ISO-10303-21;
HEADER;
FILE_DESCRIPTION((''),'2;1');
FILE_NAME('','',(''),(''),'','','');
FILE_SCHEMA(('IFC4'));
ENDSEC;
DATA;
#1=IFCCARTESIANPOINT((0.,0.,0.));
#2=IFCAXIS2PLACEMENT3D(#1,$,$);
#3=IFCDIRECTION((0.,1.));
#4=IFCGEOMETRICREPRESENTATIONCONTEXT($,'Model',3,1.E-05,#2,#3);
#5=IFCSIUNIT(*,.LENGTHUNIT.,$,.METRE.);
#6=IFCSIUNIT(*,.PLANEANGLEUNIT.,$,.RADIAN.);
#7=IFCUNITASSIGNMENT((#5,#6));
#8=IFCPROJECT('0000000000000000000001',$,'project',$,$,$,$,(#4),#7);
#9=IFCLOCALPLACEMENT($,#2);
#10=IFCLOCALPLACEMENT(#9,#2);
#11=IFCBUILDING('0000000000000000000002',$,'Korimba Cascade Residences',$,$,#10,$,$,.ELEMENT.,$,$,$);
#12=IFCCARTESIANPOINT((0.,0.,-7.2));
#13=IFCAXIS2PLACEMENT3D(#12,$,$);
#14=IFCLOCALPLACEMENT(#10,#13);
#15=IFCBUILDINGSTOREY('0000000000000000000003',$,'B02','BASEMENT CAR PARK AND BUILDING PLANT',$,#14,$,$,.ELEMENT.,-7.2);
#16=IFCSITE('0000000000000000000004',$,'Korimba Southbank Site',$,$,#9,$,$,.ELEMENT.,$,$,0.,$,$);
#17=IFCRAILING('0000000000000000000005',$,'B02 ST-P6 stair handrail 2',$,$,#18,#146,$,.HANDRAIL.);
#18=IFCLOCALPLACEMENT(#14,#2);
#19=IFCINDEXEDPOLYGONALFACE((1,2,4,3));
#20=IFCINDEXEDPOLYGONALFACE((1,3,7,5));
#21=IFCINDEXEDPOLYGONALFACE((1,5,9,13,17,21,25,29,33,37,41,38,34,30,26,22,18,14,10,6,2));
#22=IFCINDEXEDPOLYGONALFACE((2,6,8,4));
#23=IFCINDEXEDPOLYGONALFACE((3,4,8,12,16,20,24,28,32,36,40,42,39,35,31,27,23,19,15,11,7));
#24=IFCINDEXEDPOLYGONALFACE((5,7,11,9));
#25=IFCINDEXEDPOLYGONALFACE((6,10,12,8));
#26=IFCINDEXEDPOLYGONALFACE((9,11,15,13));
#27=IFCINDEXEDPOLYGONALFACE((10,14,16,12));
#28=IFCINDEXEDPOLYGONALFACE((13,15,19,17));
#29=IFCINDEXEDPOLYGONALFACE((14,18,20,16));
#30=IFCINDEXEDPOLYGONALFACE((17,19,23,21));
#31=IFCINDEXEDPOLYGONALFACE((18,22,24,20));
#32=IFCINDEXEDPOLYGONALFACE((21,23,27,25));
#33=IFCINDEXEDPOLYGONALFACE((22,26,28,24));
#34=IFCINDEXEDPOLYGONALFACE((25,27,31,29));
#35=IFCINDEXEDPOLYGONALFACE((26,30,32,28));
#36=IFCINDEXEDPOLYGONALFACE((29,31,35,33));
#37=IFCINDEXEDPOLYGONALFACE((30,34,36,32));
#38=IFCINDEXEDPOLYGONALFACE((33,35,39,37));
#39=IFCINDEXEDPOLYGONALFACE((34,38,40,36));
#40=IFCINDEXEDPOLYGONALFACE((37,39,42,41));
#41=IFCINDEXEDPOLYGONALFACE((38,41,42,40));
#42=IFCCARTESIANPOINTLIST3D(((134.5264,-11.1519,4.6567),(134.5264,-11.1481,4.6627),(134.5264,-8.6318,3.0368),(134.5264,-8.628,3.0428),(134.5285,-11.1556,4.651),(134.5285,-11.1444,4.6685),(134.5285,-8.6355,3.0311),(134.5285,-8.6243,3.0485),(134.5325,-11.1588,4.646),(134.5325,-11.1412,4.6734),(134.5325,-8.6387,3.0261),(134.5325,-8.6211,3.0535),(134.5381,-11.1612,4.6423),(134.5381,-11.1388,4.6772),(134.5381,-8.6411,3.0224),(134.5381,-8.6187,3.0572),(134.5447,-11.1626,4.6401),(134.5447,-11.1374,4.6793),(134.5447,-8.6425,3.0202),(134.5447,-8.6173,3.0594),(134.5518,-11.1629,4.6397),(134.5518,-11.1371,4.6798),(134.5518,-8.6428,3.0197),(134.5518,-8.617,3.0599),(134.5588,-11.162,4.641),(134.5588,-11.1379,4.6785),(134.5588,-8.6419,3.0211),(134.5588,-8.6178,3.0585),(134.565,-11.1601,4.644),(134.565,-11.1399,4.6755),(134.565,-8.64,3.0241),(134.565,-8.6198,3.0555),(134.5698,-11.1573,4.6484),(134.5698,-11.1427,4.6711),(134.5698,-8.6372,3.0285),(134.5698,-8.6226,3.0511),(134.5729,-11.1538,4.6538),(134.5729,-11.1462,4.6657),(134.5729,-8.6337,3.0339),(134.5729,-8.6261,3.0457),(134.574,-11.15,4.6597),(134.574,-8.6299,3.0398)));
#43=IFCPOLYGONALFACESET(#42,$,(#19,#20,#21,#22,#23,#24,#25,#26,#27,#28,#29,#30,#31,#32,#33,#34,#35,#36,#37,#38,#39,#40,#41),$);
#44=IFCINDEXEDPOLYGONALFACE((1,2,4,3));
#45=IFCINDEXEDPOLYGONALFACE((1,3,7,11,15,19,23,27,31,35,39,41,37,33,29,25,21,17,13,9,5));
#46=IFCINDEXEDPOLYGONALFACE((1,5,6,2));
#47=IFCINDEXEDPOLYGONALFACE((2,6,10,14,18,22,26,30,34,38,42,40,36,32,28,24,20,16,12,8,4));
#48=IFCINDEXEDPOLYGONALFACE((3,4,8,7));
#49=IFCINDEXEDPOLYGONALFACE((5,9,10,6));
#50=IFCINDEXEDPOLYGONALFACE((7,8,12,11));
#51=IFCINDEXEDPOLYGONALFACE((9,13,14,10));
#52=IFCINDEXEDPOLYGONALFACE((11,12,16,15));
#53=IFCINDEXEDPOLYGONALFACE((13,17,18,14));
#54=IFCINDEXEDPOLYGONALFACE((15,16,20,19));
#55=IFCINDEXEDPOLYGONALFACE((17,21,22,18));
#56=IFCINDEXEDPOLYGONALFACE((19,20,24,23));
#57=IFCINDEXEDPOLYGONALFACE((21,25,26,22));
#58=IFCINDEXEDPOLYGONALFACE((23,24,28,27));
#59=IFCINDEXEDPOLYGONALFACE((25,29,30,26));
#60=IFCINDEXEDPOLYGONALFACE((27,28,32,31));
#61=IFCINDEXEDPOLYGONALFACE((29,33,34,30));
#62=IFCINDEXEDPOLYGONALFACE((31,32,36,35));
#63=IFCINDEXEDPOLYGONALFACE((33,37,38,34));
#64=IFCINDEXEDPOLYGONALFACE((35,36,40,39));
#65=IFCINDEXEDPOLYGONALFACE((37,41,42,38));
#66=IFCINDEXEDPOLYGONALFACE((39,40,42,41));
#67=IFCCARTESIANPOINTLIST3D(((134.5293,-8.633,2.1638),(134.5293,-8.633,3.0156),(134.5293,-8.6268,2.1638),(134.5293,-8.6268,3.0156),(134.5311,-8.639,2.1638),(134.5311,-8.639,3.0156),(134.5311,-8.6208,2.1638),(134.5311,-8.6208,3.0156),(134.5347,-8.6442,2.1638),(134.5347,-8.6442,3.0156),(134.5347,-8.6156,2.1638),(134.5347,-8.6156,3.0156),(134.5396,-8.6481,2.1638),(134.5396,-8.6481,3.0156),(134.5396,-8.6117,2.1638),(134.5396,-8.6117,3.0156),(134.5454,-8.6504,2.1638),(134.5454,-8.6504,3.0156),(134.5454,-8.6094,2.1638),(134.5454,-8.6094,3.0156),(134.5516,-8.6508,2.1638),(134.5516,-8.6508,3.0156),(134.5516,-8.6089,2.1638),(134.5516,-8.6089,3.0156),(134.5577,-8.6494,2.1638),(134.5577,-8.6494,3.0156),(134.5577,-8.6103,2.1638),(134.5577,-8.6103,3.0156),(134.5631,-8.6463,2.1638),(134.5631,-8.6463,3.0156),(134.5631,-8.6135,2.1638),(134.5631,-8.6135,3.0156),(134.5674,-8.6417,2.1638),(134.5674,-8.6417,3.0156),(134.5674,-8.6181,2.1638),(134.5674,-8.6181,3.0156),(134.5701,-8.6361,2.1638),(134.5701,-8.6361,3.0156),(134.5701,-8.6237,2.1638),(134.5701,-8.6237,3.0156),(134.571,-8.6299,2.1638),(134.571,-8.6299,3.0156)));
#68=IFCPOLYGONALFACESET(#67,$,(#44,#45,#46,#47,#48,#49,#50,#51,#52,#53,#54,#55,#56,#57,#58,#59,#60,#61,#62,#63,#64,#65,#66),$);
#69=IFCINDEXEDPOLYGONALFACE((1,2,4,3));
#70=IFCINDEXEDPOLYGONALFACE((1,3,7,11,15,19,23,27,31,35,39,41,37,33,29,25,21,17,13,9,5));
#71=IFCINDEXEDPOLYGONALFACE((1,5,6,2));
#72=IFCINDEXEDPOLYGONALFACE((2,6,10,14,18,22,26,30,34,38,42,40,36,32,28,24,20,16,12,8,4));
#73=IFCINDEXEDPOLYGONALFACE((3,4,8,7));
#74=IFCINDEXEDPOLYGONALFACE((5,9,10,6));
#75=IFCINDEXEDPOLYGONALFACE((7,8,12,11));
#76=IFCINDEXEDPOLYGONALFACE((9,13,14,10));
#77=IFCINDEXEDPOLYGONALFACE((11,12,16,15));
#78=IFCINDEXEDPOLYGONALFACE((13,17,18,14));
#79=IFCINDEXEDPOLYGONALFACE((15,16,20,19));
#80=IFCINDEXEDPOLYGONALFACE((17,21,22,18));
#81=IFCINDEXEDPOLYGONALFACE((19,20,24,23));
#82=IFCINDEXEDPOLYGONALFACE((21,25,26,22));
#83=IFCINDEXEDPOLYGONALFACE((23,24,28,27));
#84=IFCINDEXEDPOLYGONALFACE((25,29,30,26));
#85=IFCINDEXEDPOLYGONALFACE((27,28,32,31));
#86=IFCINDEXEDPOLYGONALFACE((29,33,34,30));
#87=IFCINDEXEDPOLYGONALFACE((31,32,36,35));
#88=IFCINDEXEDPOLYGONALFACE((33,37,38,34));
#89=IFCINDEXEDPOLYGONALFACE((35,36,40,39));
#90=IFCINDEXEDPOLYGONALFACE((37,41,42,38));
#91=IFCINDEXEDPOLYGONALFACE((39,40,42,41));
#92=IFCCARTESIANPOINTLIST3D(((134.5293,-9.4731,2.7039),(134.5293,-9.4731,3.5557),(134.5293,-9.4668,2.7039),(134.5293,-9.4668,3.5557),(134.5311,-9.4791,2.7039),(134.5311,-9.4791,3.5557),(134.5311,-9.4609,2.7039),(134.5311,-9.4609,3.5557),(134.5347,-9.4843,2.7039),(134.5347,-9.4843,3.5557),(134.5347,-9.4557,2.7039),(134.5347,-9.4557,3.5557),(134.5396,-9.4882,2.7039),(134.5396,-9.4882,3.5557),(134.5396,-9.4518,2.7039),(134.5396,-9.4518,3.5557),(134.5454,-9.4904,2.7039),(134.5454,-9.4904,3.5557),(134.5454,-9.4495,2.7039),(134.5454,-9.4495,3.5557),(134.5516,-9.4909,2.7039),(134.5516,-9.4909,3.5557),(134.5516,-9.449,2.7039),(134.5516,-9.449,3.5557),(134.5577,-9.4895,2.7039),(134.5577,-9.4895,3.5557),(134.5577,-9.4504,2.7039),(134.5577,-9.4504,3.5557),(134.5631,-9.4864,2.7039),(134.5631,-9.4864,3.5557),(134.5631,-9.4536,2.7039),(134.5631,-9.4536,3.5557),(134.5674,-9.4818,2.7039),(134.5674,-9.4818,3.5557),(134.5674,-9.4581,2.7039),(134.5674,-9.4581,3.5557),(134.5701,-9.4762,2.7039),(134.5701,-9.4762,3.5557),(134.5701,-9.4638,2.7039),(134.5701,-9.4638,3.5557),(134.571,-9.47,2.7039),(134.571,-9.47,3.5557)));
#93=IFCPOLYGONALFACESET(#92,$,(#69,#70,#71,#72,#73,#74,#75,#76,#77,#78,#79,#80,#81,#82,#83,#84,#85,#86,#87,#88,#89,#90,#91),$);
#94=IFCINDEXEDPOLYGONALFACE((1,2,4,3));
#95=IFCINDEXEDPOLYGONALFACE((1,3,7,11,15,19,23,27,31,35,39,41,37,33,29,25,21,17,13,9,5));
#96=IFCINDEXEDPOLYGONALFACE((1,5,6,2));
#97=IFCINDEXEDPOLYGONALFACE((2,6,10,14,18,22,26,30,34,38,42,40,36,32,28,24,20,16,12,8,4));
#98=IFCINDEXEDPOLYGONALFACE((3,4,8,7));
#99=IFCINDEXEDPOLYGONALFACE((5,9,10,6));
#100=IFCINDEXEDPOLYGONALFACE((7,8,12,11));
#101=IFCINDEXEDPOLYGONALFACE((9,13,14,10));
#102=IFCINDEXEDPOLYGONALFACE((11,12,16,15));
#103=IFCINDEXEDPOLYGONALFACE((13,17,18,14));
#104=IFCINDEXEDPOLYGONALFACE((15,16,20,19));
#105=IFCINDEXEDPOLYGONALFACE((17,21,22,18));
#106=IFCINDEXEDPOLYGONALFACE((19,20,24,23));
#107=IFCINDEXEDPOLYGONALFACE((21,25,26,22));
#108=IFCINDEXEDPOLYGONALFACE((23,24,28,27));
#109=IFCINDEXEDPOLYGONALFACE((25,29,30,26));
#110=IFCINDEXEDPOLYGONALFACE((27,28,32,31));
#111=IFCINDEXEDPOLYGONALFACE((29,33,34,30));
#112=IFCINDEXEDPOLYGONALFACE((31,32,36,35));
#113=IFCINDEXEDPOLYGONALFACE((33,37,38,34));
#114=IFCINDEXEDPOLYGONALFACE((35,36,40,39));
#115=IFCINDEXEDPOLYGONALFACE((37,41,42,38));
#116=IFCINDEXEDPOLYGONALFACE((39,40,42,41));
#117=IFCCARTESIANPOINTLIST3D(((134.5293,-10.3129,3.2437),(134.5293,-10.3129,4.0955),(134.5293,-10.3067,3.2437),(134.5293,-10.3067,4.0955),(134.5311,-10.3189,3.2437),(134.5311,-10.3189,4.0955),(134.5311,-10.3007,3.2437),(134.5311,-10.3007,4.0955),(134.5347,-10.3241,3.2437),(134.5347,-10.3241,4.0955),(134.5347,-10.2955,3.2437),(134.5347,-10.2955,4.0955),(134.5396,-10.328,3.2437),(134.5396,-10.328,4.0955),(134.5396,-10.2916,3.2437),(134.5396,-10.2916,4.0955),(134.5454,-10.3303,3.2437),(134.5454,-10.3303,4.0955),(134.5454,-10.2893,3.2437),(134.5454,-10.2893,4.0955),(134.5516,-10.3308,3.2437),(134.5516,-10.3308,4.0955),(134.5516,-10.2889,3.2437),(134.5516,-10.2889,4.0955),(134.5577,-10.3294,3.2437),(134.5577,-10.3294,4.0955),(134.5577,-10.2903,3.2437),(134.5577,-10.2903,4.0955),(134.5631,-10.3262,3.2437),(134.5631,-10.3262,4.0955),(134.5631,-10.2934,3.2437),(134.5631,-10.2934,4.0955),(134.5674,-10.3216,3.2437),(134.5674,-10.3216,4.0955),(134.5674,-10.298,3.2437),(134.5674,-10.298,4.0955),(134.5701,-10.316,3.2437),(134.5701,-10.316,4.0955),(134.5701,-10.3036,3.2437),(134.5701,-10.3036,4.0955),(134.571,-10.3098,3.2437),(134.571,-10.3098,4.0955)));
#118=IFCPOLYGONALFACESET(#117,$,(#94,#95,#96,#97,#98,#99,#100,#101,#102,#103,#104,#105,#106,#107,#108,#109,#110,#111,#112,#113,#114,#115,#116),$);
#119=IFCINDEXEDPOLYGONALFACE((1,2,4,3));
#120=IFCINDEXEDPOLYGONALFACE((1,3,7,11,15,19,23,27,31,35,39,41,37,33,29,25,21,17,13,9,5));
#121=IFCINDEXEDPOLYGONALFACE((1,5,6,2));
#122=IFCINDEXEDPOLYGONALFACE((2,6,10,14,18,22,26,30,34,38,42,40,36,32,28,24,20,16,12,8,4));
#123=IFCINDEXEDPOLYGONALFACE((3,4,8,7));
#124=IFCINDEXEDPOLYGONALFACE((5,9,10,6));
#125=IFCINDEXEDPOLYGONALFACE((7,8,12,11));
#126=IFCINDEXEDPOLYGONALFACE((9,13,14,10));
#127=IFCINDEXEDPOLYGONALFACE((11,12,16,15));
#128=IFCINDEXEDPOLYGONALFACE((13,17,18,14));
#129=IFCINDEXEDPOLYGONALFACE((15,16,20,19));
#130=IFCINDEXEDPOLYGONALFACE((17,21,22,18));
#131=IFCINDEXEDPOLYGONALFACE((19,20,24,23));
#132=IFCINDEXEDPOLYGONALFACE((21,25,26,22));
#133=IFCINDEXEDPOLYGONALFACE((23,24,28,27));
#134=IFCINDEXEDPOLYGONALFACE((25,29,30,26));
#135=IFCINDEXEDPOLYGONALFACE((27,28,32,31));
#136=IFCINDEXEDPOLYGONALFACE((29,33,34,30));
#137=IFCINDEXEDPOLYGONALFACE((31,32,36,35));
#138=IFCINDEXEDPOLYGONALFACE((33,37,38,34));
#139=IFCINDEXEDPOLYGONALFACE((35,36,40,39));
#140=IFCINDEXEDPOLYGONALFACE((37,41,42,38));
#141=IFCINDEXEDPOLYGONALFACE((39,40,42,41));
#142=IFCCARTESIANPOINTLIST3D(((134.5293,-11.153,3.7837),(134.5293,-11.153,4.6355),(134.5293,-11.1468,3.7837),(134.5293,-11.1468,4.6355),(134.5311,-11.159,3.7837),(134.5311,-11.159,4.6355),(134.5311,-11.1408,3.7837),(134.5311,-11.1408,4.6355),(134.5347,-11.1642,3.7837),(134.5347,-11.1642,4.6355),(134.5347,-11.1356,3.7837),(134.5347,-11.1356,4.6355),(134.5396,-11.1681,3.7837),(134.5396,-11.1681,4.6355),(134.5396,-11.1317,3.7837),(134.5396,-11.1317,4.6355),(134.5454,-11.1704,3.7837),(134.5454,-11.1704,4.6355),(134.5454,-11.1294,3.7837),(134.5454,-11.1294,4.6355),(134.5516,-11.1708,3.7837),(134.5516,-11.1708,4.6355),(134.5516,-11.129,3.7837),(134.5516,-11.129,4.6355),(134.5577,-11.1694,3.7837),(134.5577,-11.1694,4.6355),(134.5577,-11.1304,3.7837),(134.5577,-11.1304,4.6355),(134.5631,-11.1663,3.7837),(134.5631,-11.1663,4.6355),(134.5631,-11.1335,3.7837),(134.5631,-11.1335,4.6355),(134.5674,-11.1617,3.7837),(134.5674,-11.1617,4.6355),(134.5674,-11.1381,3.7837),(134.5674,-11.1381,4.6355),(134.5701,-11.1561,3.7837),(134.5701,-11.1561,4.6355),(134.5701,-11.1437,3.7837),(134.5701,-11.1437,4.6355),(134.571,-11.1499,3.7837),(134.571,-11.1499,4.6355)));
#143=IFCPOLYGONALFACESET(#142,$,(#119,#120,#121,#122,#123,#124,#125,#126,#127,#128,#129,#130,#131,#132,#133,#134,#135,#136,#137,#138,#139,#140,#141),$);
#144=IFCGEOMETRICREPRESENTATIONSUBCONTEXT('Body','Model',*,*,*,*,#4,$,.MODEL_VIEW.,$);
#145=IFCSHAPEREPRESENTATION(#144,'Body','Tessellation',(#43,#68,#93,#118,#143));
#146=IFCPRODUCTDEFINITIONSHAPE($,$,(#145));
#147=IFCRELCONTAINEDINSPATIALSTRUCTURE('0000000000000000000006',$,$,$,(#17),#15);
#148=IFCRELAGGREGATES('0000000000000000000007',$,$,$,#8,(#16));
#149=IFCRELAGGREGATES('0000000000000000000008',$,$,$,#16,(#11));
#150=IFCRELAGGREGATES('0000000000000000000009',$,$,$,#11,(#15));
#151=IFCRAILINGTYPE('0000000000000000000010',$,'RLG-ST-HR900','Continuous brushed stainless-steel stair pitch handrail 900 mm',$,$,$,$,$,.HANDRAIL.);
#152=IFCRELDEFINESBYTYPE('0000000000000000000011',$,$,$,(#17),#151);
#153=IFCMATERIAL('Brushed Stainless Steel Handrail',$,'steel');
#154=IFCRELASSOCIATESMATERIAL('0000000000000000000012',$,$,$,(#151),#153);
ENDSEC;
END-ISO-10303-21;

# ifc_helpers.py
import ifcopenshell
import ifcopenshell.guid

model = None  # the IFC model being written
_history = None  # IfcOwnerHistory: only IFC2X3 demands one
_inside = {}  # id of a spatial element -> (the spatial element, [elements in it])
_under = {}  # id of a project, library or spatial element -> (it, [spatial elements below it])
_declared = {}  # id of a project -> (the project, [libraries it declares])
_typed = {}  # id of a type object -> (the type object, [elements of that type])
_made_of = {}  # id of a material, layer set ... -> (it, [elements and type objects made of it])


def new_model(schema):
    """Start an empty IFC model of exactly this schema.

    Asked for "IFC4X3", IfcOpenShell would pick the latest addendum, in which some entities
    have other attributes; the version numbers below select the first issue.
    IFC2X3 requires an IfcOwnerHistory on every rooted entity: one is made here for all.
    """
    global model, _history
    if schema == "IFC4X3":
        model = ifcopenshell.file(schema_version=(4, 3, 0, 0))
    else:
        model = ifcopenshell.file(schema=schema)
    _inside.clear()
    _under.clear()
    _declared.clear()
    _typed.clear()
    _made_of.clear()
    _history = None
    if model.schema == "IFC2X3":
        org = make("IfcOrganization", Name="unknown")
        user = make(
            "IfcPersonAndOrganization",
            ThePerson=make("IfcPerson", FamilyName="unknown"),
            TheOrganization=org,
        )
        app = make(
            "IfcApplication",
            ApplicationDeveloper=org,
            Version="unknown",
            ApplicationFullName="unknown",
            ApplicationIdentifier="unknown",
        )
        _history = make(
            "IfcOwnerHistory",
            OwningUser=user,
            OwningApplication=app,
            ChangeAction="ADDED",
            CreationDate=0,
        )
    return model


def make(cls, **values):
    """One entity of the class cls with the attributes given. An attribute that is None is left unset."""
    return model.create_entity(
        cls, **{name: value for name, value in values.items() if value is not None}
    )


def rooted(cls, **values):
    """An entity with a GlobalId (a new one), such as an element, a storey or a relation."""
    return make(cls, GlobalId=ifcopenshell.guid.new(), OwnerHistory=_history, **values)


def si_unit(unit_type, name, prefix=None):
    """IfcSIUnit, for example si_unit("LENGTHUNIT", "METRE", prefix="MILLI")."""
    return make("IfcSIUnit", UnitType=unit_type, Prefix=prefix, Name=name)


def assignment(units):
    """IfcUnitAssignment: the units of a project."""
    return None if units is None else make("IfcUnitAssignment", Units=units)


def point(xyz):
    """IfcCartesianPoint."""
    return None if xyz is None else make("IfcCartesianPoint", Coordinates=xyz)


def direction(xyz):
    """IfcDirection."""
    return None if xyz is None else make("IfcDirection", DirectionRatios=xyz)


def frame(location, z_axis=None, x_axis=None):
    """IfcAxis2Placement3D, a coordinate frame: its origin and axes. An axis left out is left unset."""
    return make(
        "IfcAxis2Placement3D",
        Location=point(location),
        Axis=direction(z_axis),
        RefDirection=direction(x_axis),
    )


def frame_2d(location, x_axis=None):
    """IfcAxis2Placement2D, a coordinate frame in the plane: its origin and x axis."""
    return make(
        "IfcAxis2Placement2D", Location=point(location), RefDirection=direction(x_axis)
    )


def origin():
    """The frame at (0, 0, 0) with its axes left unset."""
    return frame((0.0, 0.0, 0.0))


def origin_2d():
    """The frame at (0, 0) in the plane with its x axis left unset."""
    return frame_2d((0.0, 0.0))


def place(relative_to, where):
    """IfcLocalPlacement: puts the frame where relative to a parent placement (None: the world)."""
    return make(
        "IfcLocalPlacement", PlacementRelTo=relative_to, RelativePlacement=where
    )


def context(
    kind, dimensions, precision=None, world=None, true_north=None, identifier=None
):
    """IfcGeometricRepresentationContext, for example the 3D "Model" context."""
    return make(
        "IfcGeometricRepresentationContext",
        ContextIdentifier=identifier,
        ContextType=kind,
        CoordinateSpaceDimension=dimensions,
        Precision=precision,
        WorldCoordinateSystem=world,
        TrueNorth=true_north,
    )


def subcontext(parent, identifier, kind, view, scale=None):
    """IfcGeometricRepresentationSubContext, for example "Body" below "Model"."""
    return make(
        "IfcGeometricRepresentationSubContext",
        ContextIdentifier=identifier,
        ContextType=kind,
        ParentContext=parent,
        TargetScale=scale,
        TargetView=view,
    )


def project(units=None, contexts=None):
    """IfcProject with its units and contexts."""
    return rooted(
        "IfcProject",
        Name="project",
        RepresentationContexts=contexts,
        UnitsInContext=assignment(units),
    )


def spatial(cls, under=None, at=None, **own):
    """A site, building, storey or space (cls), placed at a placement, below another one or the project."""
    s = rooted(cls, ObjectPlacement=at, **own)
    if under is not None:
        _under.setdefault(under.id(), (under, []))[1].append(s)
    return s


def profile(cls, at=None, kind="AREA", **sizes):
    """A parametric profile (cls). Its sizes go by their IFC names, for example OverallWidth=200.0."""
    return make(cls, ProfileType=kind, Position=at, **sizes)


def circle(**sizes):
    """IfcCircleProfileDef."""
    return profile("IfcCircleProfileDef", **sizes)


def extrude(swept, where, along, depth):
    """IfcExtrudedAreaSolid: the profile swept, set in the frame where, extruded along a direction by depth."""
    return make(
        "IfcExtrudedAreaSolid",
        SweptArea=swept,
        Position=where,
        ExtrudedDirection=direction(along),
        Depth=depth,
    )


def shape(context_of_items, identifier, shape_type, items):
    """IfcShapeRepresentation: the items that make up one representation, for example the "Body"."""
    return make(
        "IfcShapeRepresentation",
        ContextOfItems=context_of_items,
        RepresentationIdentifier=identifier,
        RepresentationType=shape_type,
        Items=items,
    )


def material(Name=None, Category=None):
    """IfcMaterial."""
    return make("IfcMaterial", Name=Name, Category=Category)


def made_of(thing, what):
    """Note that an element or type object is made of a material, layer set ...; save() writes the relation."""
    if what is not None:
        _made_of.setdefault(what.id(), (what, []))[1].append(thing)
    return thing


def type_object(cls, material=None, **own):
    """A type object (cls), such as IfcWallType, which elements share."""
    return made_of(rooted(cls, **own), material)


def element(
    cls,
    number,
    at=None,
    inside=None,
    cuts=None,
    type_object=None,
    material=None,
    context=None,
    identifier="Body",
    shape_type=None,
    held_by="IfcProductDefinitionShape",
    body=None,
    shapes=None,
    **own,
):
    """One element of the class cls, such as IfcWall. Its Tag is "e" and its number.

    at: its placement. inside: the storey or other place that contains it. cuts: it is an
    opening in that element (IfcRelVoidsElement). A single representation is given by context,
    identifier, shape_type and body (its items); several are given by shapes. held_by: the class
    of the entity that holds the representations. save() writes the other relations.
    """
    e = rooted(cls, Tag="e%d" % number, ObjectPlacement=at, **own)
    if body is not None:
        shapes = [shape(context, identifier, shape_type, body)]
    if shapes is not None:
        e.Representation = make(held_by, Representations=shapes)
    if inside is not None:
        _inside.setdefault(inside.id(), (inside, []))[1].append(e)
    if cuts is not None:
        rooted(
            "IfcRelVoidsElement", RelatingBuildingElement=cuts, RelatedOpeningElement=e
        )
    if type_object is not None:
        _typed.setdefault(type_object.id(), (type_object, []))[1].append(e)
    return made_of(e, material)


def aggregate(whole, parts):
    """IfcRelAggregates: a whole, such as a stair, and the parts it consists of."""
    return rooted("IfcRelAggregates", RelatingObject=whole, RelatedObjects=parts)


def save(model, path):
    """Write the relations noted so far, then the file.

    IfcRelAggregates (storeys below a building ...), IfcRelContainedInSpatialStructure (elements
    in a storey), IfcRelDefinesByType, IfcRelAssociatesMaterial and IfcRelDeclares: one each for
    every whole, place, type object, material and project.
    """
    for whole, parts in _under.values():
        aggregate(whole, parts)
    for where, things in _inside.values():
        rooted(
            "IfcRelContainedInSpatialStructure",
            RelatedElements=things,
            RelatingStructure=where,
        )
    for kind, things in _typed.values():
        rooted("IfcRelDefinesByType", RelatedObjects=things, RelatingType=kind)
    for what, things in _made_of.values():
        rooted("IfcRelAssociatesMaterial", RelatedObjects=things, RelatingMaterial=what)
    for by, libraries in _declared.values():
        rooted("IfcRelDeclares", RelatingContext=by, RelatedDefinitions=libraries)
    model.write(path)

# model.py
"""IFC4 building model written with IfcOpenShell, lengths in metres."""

from ifc_helpers import new_model, si_unit, direction, frame, origin, origin_2d, place, context, subcontext, project, spatial, circle, extrude, material, type_object, element, save


model = new_model("IFC4")

# Units and contexts
model_context = context("Model", 3, precision=1e-05, world=origin(), true_north=direction((0.0, 1.0)))
body_context = subcontext(model_context, "Body", "Model", "MODEL_VIEW")
ifc_project = project(units=[si_unit("LENGTHUNIT", "METRE"), si_unit("PLANEANGLEUNIT", "RADIAN")], contexts=[model_context])

# Site, building, storey
site_placement = place(None, origin())
site = spatial("IfcSite", under=ifc_project, at=site_placement, Name="Korimba Southbank Site", CompositionType="ELEMENT", RefElevation=0.0)
building_placement = place(site_placement, origin())
building = spatial("IfcBuilding", under=site, at=building_placement, Name="Korimba Cascade Residences", CompositionType="ELEMENT")
storey_placement = place(building_placement, frame((0.0, 0.0, -7.2)))
storey = spatial("IfcBuildingStorey", under=building, at=storey_placement, Name="B02", Description="BASEMENT CAR PARK AND BUILDING PLANT", CompositionType="ELEMENT", Elevation=-7.2)

# Railing
ifc_material_1 = material(Name="Brushed Stainless Steel Handrail", Category="steel")
railing_type_1 = type_object("IfcRailingType", Name="RLG-ST-HR900", Description="Continuous brushed stainless-steel stair pitch handrail 900 mm", PredefinedType="HANDRAIL", material=ifc_material_1)
railing_1_placement = place(storey_placement, frame((134.55, -8.6299, 2.1638)))
element("IfcRailing", 1, at=railing_1_placement, inside=storey, type_object=railing_type_1, Name="B02 ST-P6 stair handrail 2", PredefinedType="HANDRAIL", context=body_context, shape_type="SweptSolid", body=[
    extrude(circle(Radius=0.0239, at=origin_2d()), frame((0.0, 0.0, 0.876), z_axis=(0.0, -0.8412, 0.540725), x_axis=(1.0, 0.0, 0.0)), (0.0, 0.0, 1.0), 2.9958),
    extrude(circle(Radius=0.021, at=origin_2d()), origin(), (0.0, 0.0, 1.0), 0.8518),
    extrude(circle(Radius=0.021, at=origin_2d()), frame((0.0, -0.8401, 0.54)), (0.0, 0.0, 1.0), 0.8518),
    extrude(circle(Radius=0.021, at=origin_2d()), frame((0.0, -1.6799, 1.0798)), (0.0, 0.0, 1.0), 0.8518),
    extrude(circle(Radius=0.021, at=origin_2d()), frame((0.0, -2.52, 1.6199)), (0.0, 0.0, 1.0), 0.8518),
])

save(model, "model.ifc")
